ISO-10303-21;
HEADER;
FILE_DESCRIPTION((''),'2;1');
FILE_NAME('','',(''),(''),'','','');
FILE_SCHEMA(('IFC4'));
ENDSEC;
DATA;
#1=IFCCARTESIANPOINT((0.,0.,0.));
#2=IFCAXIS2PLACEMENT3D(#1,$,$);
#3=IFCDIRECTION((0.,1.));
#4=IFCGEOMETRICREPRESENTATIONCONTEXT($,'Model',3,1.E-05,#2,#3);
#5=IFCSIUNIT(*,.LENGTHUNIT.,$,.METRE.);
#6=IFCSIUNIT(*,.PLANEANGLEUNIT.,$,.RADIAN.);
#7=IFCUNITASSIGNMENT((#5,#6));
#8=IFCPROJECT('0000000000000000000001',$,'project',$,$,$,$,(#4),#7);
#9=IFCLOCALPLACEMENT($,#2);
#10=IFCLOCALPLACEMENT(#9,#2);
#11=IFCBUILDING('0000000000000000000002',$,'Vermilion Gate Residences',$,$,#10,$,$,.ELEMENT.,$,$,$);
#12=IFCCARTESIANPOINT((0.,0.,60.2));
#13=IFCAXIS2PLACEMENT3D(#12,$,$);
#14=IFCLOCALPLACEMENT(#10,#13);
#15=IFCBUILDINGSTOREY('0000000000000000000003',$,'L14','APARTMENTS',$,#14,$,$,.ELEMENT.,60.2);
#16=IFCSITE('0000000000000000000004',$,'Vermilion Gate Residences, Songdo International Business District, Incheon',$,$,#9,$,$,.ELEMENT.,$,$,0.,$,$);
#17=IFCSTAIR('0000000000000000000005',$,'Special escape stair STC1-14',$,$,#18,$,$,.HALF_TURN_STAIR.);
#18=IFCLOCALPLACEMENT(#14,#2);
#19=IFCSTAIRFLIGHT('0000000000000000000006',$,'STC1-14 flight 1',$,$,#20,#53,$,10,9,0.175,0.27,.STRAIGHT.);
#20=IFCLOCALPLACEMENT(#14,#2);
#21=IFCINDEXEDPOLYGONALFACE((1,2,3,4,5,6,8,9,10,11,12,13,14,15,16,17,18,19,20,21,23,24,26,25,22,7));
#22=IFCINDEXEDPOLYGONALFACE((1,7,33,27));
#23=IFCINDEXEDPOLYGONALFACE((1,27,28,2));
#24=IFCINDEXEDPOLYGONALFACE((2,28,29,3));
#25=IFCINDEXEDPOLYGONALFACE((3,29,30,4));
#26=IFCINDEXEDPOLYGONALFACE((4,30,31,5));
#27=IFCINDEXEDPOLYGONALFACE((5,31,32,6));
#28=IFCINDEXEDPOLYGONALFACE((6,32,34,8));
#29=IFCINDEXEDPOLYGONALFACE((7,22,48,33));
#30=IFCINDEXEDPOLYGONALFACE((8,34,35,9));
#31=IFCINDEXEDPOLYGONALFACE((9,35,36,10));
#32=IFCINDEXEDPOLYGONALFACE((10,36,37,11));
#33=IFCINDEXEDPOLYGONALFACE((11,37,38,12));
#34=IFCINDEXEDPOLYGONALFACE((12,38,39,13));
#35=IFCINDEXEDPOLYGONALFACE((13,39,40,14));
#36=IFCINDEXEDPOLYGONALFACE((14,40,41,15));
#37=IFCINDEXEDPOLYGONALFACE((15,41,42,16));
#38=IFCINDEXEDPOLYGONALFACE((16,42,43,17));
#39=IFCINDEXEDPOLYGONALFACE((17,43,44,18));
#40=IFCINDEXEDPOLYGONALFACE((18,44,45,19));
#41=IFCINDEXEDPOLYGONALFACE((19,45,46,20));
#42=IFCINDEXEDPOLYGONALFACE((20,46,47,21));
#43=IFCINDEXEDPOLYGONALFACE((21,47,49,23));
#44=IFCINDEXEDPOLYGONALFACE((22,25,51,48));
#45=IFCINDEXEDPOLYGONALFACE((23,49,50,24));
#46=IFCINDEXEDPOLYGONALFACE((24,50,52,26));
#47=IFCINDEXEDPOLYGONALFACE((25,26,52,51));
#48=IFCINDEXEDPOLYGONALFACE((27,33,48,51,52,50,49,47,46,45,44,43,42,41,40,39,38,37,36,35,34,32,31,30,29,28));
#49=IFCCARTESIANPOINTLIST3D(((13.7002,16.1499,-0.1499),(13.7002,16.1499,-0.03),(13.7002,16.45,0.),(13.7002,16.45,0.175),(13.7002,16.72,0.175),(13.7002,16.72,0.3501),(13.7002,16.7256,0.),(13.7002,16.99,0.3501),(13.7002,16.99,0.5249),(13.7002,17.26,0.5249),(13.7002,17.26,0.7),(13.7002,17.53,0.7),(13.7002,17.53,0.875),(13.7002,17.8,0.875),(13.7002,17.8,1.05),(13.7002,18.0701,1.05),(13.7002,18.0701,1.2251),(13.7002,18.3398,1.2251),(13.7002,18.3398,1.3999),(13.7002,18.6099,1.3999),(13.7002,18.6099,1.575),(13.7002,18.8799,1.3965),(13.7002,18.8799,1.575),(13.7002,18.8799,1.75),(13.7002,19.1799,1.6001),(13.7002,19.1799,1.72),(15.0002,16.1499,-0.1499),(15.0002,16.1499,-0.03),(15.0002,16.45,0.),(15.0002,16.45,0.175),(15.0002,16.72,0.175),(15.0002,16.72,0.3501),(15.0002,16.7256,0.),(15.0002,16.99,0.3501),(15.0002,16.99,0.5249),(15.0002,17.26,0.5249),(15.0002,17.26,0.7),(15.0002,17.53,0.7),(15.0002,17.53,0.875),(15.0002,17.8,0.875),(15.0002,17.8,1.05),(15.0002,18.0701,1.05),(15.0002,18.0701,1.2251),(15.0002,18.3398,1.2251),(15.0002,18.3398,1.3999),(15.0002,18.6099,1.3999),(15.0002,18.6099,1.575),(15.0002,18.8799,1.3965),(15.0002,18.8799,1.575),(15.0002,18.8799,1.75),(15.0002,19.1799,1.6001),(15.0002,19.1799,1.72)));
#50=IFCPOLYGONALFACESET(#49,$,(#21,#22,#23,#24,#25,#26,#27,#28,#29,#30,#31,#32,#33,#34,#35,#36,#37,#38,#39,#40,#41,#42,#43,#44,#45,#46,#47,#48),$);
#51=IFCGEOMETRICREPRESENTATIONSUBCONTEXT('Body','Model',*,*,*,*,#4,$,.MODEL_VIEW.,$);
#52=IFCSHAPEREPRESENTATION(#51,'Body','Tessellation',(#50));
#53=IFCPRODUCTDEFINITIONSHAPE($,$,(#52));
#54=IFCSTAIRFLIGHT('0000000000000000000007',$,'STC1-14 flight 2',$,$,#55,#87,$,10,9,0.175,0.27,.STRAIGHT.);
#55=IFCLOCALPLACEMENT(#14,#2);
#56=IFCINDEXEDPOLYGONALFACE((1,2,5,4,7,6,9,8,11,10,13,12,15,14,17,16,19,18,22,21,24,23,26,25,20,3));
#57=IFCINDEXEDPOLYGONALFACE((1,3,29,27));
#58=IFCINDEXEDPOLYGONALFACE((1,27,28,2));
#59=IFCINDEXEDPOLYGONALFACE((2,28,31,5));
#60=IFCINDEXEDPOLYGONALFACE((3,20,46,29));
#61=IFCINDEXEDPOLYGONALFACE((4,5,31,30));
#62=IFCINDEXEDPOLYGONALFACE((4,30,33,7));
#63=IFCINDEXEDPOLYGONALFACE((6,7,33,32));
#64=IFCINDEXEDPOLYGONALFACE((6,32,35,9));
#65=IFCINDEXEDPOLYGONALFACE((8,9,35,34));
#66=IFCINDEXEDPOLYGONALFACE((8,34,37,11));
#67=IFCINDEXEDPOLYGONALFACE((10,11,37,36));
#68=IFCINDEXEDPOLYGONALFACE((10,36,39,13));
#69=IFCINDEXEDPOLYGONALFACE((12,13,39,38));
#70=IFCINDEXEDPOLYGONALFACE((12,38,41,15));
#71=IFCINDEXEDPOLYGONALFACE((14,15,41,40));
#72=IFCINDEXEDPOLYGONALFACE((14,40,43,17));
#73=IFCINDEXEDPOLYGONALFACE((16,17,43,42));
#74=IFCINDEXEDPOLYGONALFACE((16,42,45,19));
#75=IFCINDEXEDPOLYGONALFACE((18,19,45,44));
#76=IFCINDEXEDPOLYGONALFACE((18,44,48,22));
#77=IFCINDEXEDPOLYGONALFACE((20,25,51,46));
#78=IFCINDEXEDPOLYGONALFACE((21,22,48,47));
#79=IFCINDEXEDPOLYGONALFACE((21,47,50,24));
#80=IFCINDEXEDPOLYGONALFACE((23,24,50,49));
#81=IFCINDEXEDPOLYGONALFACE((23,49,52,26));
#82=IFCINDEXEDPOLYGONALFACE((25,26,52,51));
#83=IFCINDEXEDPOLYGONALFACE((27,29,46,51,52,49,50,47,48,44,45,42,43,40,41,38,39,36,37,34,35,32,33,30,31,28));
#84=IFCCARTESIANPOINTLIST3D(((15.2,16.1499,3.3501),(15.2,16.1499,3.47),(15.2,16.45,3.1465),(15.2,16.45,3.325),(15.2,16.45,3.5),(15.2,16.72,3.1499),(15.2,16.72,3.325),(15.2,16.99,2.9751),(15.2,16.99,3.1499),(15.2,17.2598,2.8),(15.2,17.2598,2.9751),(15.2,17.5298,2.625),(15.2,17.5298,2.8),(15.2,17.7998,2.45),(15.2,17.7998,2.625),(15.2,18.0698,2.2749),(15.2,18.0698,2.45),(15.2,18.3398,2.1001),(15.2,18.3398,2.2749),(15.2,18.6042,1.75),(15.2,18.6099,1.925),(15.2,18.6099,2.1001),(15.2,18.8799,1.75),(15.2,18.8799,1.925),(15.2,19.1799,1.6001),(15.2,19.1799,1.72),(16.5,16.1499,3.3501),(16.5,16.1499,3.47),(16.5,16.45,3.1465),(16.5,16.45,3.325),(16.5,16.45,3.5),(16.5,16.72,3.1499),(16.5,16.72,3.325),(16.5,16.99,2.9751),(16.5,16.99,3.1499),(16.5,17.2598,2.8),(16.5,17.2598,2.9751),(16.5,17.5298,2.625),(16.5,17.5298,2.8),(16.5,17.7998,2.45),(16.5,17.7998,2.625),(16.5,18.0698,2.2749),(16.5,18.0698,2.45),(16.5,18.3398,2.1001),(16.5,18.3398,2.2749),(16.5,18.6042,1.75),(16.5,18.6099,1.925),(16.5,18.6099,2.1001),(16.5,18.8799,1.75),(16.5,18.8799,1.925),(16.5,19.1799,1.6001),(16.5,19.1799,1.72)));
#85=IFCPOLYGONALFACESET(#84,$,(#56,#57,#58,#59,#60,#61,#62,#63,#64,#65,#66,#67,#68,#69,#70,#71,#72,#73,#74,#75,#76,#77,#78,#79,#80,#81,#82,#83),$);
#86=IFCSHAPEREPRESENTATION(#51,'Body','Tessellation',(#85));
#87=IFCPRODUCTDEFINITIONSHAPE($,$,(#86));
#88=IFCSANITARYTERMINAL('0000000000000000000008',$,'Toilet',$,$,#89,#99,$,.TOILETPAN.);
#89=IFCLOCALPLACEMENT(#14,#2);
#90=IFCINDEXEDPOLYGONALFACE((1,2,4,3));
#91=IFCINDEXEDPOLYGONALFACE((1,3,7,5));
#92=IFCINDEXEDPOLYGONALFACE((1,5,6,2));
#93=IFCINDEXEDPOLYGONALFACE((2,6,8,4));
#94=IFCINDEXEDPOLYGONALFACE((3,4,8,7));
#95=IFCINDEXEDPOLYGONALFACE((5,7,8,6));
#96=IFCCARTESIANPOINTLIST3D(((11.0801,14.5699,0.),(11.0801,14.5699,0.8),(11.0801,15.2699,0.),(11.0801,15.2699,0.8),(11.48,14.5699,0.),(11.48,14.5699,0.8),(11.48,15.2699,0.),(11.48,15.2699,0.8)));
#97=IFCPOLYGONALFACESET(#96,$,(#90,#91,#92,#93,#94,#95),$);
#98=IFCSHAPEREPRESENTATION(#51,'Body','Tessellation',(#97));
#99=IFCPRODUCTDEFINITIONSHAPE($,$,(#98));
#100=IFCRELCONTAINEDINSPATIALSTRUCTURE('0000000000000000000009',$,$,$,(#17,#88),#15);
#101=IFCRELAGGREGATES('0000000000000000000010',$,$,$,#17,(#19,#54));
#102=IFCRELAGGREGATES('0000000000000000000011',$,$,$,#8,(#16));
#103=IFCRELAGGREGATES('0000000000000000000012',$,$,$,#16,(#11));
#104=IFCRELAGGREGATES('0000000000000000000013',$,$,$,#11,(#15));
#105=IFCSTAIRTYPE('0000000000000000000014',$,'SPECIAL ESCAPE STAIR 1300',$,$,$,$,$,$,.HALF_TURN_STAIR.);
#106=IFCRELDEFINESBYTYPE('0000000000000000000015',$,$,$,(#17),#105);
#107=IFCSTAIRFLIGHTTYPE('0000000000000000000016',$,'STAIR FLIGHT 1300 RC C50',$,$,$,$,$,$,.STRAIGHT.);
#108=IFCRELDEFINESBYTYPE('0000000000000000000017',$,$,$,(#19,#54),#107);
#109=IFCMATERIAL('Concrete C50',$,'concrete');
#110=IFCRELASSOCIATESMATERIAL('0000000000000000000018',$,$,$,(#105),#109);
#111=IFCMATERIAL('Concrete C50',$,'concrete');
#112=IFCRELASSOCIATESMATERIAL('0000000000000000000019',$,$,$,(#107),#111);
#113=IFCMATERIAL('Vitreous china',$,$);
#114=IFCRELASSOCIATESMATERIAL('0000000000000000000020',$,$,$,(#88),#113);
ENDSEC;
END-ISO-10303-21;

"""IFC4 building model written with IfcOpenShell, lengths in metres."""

from ifc_helpers import new_model, si_unit, direction, frame, origin, origin_2d, place, context, subcontext, project, spatial, polyline, rectangle, outline, extrude, material, type_object, element, aggregate, save


model = new_model("IFC4")

# Units and contexts
model_context = context("Model", 3, precision=1e-05, world=origin(), true_north=direction((0.0, 1.0)))
body_context = subcontext(model_context, "Body", "Model", "MODEL_VIEW")
ifc_project = project(units=[si_unit("LENGTHUNIT", "METRE"), si_unit("PLANEANGLEUNIT", "RADIAN")], contexts=[model_context])

# Site, building, storey
site_placement = place(None, origin())
site = spatial("IfcSite", under=ifc_project, at=site_placement, Name="Vermilion Gate Residences, Songdo International Business District, Incheon", CompositionType="ELEMENT", RefElevation=0.0)
building_placement = place(site_placement, origin())
building = spatial("IfcBuilding", under=site, at=building_placement, Name="Vermilion Gate Residences", CompositionType="ELEMENT")
storey_placement = place(building_placement, frame((0.0, 0.0, 60.2)))
storey = spatial("IfcBuildingStorey", under=building, at=storey_placement, Name="L14", Description="APARTMENTS", CompositionType="ELEMENT", Elevation=60.2)

# Stair, stair flights
ifc_material_1 = material(Name="Concrete C50", Category="concrete")
stair_type = type_object("IfcStairType", Name="SPECIAL ESCAPE STAIR 1300", PredefinedType="HALF_TURN_STAIR", material=ifc_material_1)
stair_placement = place(storey_placement, origin())
stair = element("IfcStair", 1, at=stair_placement, inside=storey, type_object=stair_type, Name="Special escape stair STC1-14", PredefinedType="HALF_TURN_STAIR")
ifc_material_2 = material(Name="Concrete C50", Category="concrete")
stair_flight_type = type_object("IfcStairFlightType", Name="STAIR FLIGHT 1300 RC C50", PredefinedType="STRAIGHT", material=ifc_material_2)
stair_flight_1_placement = place(storey_placement, frame((14.3501, 16.45, 0.0), z_axis=(0.0, 0.0, 1.0), x_axis=(0.0, 1.0, 0.0)))
stair_flight_1 = element("IfcStairFlight", 2, at=stair_flight_1_placement, type_object=stair_flight_type, Name="STC1-14 flight 1", NumberOfRisers=10, NumberOfTreads=9, PredefinedType="STRAIGHT", RiserHeight=0.175, TreadLength=0.27, context=body_context, shape_type="SweptSolid", body=[
    extrude(outline(polyline([(-0.3, -0.1499), (-0.3, -0.03), (0.0, 0.0), (0.0, 0.175), (0.27, 0.175), (0.27, 0.3501), (0.54, 0.3501), (0.54, 0.5249), (0.8101, 0.5249), (0.8101, 0.7), (1.0801, 0.7), (1.0801, 0.875), (1.3501, 0.875), (1.3501, 1.05), (1.6201, 1.05), (1.6201, 1.2251), (1.8899, 1.2251), (1.8899, 1.3999), (2.1599, 1.3999), (2.1599, 1.575), (2.4299, 1.575), (2.4299, 1.75), (2.73, 1.72), (2.73, 1.6001), (2.4299, 1.3965), (0.2756, 0.0), (-0.3, -0.1499)])), frame((0.0, 0.6499, 0.0), z_axis=(0.0, -1.0, 0.0), x_axis=(1.0, 0.0, 0.0)), (0.0, 0.0, 1.0), 1.3),
])
stair_flight_2_placement = place(storey_placement, frame((15.8501, 18.8799, 1.75), z_axis=(0.0, 0.0, 1.0), x_axis=(0.0, -1.0, 0.0)))
stair_flight_2 = element("IfcStairFlight", 3, at=stair_flight_2_placement, type_object=stair_flight_type, Name="STC1-14 flight 2", NumberOfRisers=10, NumberOfTreads=9, PredefinedType="STRAIGHT", RiserHeight=0.175, TreadLength=0.27, context=body_context, shape_type="SweptSolid", body=[
    extrude(outline(polyline([(-0.3, -0.1499), (-0.3, -0.03), (0.0, 0.0), (0.0, 0.175), (0.27, 0.175), (0.27, 0.3501), (0.54, 0.3501), (0.54, 0.5249), (0.8101, 0.5249), (0.8101, 0.7), (1.0801, 0.7), (1.0801, 0.875), (1.3501, 0.875), (1.3501, 1.05), (1.6201, 1.05), (1.6201, 1.2251), (1.8899, 1.2251), (1.8899, 1.3999), (2.1599, 1.3999), (2.1599, 1.575), (2.4299, 1.575), (2.4299, 1.75), (2.73, 1.72), (2.73, 1.6001), (2.4299, 1.3965), (0.2756, 0.0), (-0.3, -0.1499)])), frame((0.0, 0.6499, 0.0), z_axis=(0.0, -1.0, 0.0), x_axis=(1.0, 0.0, 0.0)), (0.0, 0.0, 1.0), 1.3),
])
aggregate(stair, [stair_flight_1, stair_flight_2])

# Sanitary terminal
ifc_material_3 = material(Name="Vitreous china")
sanitary_terminal_placement = place(storey_placement, frame((11.28, 14.9199, 0.0), z_axis=(0.0, 0.0, 1.0), x_axis=(1.0, 0.0, 0.0)))
element("IfcSanitaryTerminal", 4, at=sanitary_terminal_placement, inside=storey, material=ifc_material_3, Name="Toilet", PredefinedType="TOILETPAN", context=body_context, shape_type="SweptSolid", body=[
    extrude(rectangle(XDim=0.3999, YDim=0.7, at=origin_2d()), origin(), (0.0, 0.0, 1.0), 0.8),
])

save(model, "model.ifc")
